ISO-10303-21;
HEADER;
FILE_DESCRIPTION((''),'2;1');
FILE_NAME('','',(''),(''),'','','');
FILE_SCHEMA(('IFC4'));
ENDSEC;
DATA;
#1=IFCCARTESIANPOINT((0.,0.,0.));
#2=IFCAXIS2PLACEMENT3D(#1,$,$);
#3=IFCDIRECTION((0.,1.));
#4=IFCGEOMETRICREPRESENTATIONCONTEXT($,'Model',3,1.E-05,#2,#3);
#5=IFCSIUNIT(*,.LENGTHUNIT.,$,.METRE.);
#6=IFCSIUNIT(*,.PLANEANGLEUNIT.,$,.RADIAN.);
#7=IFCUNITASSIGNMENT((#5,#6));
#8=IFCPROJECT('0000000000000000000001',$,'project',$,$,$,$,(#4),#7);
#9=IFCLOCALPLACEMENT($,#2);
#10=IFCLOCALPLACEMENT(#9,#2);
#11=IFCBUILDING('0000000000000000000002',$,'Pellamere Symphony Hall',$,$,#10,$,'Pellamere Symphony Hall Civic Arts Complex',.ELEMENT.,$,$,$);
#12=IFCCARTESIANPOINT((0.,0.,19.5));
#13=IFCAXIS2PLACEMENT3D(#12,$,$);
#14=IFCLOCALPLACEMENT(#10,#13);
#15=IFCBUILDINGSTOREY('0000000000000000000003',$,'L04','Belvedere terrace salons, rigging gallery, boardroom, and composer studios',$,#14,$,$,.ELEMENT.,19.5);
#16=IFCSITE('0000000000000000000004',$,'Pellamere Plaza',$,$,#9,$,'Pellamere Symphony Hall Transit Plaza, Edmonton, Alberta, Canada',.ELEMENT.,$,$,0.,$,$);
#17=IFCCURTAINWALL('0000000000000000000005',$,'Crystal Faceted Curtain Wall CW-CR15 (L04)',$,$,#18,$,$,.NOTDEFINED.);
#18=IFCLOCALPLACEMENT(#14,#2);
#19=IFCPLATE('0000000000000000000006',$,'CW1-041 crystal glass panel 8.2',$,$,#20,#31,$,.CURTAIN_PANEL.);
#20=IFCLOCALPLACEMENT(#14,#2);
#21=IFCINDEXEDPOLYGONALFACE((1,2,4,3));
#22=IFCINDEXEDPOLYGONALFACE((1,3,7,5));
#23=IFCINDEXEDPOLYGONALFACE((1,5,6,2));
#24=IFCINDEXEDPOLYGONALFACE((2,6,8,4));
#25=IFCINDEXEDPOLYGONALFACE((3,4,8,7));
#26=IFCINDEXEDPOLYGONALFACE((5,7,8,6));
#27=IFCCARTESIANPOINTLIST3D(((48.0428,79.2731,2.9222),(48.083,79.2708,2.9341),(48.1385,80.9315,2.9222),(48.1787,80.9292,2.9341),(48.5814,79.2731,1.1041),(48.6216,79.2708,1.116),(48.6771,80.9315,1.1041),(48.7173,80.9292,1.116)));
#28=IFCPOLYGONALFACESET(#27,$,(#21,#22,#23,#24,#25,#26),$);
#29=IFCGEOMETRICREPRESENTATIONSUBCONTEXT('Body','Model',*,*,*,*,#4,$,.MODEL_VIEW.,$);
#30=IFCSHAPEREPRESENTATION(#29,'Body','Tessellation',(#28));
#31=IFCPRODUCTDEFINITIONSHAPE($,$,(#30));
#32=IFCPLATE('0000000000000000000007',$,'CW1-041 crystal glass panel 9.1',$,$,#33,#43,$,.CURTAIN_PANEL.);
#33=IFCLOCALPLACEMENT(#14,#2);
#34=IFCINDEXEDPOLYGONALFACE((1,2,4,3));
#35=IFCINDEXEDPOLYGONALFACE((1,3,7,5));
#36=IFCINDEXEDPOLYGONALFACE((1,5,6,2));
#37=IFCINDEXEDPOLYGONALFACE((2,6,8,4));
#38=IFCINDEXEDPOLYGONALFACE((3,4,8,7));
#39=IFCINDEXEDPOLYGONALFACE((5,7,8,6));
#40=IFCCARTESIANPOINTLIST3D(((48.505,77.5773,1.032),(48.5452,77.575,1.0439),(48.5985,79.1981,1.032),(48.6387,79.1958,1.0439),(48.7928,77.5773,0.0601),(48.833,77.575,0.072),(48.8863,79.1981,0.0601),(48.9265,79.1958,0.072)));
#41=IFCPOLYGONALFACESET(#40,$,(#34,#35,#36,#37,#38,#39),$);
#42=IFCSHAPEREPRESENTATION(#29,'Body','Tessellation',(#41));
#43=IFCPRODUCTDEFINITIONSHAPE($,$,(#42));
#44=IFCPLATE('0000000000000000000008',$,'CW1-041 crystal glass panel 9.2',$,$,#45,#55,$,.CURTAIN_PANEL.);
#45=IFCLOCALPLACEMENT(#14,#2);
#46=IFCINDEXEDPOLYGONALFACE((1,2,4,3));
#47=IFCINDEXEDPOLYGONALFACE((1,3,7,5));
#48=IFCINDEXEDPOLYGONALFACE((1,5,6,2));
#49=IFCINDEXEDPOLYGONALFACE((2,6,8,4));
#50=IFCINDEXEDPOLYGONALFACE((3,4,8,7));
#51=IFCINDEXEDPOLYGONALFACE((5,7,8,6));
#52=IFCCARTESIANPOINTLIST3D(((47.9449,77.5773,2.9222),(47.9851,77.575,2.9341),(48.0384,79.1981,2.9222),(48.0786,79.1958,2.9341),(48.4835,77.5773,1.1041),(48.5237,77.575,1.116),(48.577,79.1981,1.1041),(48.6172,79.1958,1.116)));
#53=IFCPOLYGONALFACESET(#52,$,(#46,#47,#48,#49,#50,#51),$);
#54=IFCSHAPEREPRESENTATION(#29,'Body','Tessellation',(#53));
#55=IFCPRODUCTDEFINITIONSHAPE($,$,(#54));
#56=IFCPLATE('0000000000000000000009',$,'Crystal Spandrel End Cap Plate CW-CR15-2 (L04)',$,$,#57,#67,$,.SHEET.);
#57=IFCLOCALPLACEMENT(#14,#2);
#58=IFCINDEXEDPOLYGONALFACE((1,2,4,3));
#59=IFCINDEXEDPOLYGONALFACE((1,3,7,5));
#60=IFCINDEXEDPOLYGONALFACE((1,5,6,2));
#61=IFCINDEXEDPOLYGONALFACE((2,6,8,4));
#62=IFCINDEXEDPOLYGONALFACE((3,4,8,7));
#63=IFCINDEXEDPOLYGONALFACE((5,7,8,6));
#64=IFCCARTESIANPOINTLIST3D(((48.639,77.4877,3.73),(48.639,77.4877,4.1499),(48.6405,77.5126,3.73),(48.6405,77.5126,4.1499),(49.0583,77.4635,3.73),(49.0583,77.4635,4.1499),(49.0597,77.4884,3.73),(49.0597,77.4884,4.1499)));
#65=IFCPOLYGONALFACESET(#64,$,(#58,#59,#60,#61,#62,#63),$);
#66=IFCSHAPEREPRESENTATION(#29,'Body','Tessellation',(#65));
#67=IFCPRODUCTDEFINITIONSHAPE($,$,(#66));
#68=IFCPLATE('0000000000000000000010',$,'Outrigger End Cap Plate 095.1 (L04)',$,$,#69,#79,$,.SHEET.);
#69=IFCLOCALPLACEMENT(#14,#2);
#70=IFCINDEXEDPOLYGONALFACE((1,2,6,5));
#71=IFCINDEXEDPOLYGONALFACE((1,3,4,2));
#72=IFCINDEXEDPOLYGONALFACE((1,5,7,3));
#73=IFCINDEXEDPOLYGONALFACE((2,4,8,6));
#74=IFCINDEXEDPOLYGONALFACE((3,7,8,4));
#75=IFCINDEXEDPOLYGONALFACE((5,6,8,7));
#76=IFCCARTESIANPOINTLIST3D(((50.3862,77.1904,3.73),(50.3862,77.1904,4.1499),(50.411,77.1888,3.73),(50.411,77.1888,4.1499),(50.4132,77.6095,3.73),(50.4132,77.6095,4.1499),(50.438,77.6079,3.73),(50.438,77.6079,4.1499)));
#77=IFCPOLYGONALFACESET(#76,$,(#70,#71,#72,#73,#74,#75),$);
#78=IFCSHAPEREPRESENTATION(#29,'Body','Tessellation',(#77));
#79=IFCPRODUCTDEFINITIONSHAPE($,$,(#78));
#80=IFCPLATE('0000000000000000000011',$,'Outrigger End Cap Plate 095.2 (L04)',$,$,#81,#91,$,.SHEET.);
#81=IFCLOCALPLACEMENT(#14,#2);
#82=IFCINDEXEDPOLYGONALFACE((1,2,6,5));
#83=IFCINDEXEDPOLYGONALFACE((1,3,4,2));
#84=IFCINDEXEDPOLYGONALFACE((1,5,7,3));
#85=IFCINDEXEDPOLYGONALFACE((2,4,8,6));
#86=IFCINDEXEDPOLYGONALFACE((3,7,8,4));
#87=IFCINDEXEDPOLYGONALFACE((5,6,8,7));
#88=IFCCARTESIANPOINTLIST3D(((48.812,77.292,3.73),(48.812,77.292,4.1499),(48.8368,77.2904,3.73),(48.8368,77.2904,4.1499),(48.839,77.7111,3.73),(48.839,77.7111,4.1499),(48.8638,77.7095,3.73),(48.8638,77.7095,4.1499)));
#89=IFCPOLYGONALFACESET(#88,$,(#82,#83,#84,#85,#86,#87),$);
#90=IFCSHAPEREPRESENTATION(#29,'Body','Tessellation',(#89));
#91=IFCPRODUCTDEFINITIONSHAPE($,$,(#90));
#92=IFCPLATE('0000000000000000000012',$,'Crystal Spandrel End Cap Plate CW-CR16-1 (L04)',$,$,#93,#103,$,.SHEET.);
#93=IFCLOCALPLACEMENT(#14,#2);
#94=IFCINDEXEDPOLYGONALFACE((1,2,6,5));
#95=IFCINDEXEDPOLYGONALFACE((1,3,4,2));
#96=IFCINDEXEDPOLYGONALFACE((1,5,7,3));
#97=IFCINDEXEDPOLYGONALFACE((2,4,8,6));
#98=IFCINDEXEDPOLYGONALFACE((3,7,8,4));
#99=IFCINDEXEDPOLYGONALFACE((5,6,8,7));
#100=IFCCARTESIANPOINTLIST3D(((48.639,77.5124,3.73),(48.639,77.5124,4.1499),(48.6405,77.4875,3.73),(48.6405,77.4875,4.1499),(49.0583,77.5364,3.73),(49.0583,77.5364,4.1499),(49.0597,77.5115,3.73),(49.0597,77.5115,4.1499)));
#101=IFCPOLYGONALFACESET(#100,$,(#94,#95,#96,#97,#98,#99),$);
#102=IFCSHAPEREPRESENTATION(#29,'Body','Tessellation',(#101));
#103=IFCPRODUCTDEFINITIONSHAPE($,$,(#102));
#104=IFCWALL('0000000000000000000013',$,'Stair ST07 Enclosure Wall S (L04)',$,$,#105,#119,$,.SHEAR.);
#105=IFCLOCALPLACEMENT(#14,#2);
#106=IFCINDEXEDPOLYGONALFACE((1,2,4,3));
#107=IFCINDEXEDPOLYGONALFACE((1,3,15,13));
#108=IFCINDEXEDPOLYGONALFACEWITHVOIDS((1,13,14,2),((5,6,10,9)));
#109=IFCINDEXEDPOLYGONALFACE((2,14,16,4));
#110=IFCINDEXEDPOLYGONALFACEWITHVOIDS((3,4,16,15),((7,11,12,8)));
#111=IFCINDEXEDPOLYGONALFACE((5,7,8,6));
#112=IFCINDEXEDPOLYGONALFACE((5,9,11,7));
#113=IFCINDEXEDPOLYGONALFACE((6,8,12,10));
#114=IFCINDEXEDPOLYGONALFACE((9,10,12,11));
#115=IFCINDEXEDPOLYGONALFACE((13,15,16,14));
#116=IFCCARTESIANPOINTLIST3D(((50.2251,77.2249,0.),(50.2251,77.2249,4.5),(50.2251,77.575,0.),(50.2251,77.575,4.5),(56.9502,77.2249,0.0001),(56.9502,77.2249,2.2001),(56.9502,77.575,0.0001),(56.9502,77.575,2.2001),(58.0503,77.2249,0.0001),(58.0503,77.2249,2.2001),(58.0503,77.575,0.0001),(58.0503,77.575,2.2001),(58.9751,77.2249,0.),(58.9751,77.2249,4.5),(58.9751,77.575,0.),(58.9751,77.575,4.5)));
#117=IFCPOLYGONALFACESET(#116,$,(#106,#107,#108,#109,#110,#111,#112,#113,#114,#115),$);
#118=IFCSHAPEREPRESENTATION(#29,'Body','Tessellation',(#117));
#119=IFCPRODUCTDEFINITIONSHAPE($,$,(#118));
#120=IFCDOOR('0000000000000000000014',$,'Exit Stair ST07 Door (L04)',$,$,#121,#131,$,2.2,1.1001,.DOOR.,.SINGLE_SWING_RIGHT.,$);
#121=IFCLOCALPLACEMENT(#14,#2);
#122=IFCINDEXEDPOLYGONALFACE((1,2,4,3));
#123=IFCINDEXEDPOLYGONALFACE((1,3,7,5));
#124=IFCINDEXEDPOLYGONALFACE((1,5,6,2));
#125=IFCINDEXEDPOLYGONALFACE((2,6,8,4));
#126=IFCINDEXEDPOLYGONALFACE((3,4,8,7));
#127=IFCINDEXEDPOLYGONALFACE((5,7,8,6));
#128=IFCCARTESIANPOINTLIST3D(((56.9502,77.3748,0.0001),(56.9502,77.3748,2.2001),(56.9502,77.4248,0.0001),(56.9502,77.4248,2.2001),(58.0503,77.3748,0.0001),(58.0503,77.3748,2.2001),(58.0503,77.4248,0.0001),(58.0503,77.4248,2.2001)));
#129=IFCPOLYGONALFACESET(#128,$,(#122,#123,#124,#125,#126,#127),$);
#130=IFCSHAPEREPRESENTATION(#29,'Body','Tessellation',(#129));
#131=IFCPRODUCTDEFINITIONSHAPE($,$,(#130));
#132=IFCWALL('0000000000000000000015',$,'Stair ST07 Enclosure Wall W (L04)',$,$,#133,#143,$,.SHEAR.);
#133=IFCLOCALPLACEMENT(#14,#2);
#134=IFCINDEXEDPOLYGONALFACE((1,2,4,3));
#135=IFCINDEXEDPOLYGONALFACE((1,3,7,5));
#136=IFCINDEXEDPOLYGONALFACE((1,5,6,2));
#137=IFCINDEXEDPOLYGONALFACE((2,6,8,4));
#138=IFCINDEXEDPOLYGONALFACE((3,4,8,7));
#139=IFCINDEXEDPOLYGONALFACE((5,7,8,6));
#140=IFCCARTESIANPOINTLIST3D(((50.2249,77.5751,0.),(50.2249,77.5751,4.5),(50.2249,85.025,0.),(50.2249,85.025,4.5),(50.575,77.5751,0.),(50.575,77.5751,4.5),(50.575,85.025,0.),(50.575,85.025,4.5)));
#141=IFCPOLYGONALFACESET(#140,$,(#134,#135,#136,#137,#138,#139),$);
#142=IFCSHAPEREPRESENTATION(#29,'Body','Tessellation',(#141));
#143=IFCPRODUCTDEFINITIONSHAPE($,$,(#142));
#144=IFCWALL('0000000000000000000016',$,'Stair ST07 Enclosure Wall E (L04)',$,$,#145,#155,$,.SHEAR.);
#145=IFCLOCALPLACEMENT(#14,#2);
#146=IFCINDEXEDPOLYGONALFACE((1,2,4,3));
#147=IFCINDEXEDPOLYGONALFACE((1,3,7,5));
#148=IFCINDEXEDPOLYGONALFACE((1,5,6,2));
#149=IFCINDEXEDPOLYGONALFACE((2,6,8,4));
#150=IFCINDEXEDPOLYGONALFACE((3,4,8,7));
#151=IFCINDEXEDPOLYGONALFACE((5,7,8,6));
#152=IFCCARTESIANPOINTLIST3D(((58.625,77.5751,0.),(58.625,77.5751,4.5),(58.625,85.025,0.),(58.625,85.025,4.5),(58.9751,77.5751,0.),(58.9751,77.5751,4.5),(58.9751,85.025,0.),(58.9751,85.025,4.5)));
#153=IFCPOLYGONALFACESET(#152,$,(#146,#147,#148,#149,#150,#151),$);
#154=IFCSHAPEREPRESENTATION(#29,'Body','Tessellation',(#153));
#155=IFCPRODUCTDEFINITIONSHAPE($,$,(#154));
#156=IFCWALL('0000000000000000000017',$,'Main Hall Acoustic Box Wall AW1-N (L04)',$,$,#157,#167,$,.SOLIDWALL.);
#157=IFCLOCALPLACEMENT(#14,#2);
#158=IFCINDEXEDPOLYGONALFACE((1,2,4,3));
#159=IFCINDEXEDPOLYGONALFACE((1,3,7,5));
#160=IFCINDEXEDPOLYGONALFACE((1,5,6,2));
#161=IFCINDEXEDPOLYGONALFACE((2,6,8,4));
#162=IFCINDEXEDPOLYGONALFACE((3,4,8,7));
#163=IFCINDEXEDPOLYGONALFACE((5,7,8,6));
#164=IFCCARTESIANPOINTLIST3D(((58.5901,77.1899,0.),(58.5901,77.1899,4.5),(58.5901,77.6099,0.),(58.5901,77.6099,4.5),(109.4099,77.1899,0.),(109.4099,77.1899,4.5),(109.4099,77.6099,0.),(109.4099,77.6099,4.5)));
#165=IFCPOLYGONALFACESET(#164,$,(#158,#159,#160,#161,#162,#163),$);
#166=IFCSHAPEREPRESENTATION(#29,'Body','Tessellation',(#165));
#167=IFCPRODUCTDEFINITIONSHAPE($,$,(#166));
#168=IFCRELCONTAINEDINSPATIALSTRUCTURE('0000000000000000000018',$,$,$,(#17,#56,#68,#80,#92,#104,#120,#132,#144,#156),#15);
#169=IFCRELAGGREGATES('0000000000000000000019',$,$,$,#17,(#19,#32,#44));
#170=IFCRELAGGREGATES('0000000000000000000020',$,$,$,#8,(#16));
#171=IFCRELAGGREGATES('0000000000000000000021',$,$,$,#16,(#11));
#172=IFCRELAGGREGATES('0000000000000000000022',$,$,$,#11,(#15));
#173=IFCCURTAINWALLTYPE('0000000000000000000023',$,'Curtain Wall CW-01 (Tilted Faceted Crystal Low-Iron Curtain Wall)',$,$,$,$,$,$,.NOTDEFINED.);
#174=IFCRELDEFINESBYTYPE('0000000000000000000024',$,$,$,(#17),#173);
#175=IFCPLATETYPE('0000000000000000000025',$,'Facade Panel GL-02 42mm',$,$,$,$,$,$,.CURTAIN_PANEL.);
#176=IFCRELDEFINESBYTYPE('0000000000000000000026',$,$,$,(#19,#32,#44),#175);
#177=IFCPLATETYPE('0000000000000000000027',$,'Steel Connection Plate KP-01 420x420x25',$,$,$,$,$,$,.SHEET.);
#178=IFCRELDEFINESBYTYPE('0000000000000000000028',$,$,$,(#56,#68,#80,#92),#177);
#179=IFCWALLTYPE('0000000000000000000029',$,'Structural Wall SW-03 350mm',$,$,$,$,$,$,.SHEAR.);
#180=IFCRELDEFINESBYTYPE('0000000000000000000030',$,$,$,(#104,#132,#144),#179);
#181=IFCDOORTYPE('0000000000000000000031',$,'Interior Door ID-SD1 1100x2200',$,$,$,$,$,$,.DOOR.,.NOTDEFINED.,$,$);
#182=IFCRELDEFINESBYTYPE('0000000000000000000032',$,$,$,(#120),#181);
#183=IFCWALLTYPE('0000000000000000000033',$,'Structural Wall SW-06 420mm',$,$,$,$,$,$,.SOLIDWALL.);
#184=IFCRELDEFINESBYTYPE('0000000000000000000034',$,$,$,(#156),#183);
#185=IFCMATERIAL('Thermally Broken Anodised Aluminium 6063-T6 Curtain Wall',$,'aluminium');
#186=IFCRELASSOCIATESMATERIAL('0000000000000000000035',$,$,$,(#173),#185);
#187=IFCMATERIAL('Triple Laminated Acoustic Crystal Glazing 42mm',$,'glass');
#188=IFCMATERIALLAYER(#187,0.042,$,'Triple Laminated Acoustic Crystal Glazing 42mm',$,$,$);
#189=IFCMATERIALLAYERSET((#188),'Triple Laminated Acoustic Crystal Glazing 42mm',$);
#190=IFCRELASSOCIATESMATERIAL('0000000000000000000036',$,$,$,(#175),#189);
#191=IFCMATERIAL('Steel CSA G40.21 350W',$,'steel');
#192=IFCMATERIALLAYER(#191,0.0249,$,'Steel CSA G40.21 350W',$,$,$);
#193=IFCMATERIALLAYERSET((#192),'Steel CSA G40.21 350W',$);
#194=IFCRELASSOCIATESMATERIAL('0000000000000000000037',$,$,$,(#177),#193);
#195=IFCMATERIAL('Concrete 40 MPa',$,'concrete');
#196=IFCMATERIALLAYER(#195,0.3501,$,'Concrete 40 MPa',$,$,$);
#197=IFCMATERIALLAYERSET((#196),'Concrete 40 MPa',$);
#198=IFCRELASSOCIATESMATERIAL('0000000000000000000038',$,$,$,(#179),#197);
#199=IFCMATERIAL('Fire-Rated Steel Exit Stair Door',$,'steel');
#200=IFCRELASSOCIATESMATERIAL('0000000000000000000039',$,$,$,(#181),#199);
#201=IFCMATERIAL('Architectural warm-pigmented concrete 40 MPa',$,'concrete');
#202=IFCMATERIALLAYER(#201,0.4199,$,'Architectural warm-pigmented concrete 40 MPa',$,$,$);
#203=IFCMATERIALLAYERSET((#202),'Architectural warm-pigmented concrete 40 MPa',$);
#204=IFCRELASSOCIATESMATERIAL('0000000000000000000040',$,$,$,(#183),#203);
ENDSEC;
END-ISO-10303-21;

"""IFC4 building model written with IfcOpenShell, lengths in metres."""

from ifc_helpers import new_model, si_unit, direction, frame, frame_2d, origin, origin_2d, place, context, subcontext, project, spatial, polyline, rectangle, outline, extrude, material, layer, layer_set, type_object, element, fill, aggregate, save


model = new_model("IFC4")

# Units and contexts
model_context = context("Model", 3, precision=1e-05, world=origin(), true_north=direction((0.0, 1.0)))
body_context = subcontext(model_context, "Body", "Model", "MODEL_VIEW")
ifc_project = project(units=[si_unit("LENGTHUNIT", "METRE"), si_unit("PLANEANGLEUNIT", "RADIAN")], contexts=[model_context])

# Site, building, storey
site_placement = place(None, origin())
site = spatial("IfcSite", under=ifc_project, at=site_placement, Name="Pellamere Plaza", LongName="Pellamere Symphony Hall Transit Plaza, Edmonton, Alberta, Canada", CompositionType="ELEMENT", RefElevation=0.0)
building_placement = place(site_placement, origin())
building = spatial("IfcBuilding", under=site, at=building_placement, Name="Pellamere Symphony Hall", LongName="Pellamere Symphony Hall Civic Arts Complex", CompositionType="ELEMENT")
storey_placement = place(building_placement, frame((0.0, 0.0, 19.5)))
storey = spatial("IfcBuildingStorey", under=building, at=storey_placement, Name="L04", Description="Belvedere terrace salons, rigging gallery, boardroom, and composer studios", CompositionType="ELEMENT", Elevation=19.5)

# Shared definitions
ifc_material_1 = material(Name="Concrete 40 MPa", Category="concrete")

# Curtain wall
ifc_material_2 = material(Name="Thermally Broken Anodised Aluminium 6063-T6 Curtain Wall", Category="aluminium")
curtain_wall_type = type_object("IfcCurtainWallType", Name="Curtain Wall CW-01 (Tilted Faceted Crystal Low-Iron Curtain Wall)", PredefinedType="NOTDEFINED", material=ifc_material_2)
curtain_wall_1_placement = place(storey_placement, origin())
curtain_wall_1 = element("IfcCurtainWall", 1, at=curtain_wall_1_placement, inside=storey, type_object=curtain_wall_type, Name="Crystal Faceted Curtain Wall CW-CR15 (L04)", PredefinedType="NOTDEFINED")

# Shared definitions
ifc_material_3 = material(Name="Steel CSA G40.21 350W", Category="steel")

# Plates
ifc_material_4 = material(Name="Triple Laminated Acoustic Crystal Glazing 42mm", Category="glass")
ifc_layer_1 = layer(ifc_material_4, 0.042, Name="Triple Laminated Acoustic Crystal Glazing 42mm")
ifc_layer_set_1 = layer_set([ifc_layer_1], Name="Triple Laminated Acoustic Crystal Glazing 42mm")
plate_type_1 = type_object("IfcPlateType", Name="Facade Panel GL-02 42mm", PredefinedType="CURTAIN_PANEL", material=ifc_layer_set_1)
plate_1_placement = place(storey_placement, frame((48.7173, 80.9292, 1.116), z_axis=(0.957352, -0.055245, 0.283593), x_axis=(-0.057611, -0.998339, 0.0)))
plate_1 = element("IfcPlate", 2, at=plate_1_placement, type_object=plate_type_1, Name="CW1-041 crystal glass panel 8.2", PredefinedType="CURTAIN_PANEL", context=body_context, shape_type="SweptSolid", body=[
    extrude(outline(polyline([(0.0, 0.0), (1.6612, 0.0), (1.6922, -1.896), (0.031, -1.896), (0.0, 0.0)])), origin(), (0.0, 0.0, -1.0), 0.042),
])
plate_2_placement = place(storey_placement, frame((48.9265, 79.1958, 0.072), z_axis=(0.957371, -0.05523, 0.283532), x_axis=(-0.057594, -0.99834, 0.0)))
plate_2 = element("IfcPlate", 3, at=plate_2_placement, type_object=plate_type_1, Name="CW1-041 crystal glass panel 9.1", PredefinedType="CURTAIN_PANEL", context=body_context, shape_type="SweptSolid", body=[
    extrude(outline(polyline([(0.0, 0.0), (1.6235, 0.0), (1.6401, -1.0135), (0.0166, -1.0135), (0.0, 0.0)])), origin(), (0.0, 0.0, -1.0), 0.042),
])
plate_3_placement = place(storey_placement, frame((48.6172, 79.1958, 1.116), z_axis=(0.957353, -0.055229, 0.283593), x_axis=(-0.057594, -0.99834, 0.0)))
plate_3 = element("IfcPlate", 4, at=plate_3_placement, type_object=plate_type_1, Name="CW1-041 crystal glass panel 9.2", PredefinedType="CURTAIN_PANEL", context=body_context, shape_type="SweptSolid", body=[
    extrude(outline(polyline([(0.0, 0.0), (1.6235, 0.0), (1.6546, -1.896), (0.031, -1.896), (0.0, 0.0)])), origin(), (0.0, 0.0, -1.0), 0.042),
])
aggregate(curtain_wall_1, [plate_1, plate_2, plate_3])

# Plates
ifc_layer_2 = layer(ifc_material_3, 0.0249, Name="Steel CSA G40.21 350W")
ifc_layer_set_2 = layer_set([ifc_layer_2], Name="Steel CSA G40.21 350W")
plate_type_2 = type_object("IfcPlateType", Name="Steel Connection Plate KP-01 420x420x25", PredefinedType="SHEET", material=ifc_layer_set_2)
for number, where, z_axis, x_axis, name in (
    (5, (48.8494, 77.488, 3.73), (0.0, 0.0, 1.0), (-0.057564, -0.998342, 0.0), "Crystal Spandrel End Cap Plate CW-CR15-2 (L04)"),
    (6, (50.4121, 77.3992, 3.73), (0.0, 0.0, 1.0), (-0.997927, 0.064358, 0.0), "Outrigger End Cap Plate 095.1 (L04)"),
    (7, (48.8379, 77.5007, 3.73), (0.0, 0.0, 1.0), (-0.997927, 0.064358, 0.0), "Outrigger End Cap Plate 095.2 (L04)"),
    (8, (48.8494, 77.512, 3.73), (0.0, 0.0, 1.0), (0.057216, -0.998362, 0.0), "Crystal Spandrel End Cap Plate CW-CR16-1 (L04)"),
):
    element("IfcPlate", number, at=place(storey_placement, frame(where, z_axis=z_axis, x_axis=x_axis)), inside=storey, type_object=plate_type_2, Name=name, PredefinedType="SHEET", context=body_context, shape_type="SweptSolid", body=[
        extrude(rectangle(XDim=0.0249, YDim=0.4199, at=origin_2d()), origin(), (0.0, 0.0, 1.0), 0.4199),
    ])

# Wall, opening, door
ifc_layer_3 = layer(ifc_material_1, 0.3501, Name="Concrete 40 MPa")
ifc_layer_set_3 = layer_set([ifc_layer_3], Name="Concrete 40 MPa")
wall_type_1 = type_object("IfcWallType", Name="Structural Wall SW-03 350mm", PredefinedType="SHEAR", material=ifc_layer_set_3)
wall_1_placement = place(storey_placement, frame((50.2251, 77.3999, 0.0), z_axis=(0.0, 0.0, 1.0), x_axis=(1.0, 0.0, 0.0)))
wall_1 = element("IfcWall", 9, at=wall_1_placement, inside=storey, type_object=wall_type_1, Name="Stair ST07 Enclosure Wall S (L04)", PredefinedType="SHEAR", context=body_context, shape_type="SweptSolid", body=[
    extrude(rectangle(XDim=8.75, YDim=0.3501, at=frame_2d((4.375, 0.0))), origin(), (0.0, 0.0, 1.0), 4.5),
])
opening_placement = place(wall_1_placement, frame((6.7251, 0.0, 0.0)))
opening = element("IfcOpeningElement", 10, at=opening_placement, cuts=wall_1, PredefinedType="OPENING", context=body_context, shape_type="SweptSolid", body=[
    extrude(rectangle(XDim=1.1001, YDim=2.2, at=frame_2d((0.55, 1.1001))), frame((0.0, 0.1851, 0.0), z_axis=(0.0, -1.0, 0.0), x_axis=(1.0, 0.0, 0.0)), (0.0, 0.0, 1.0), 0.3701),
])
ifc_material_5 = material(Name="Fire-Rated Steel Exit Stair Door", Category="steel")
door_type = type_object("IfcDoorType", Name="Interior Door ID-SD1 1100x2200", OperationType="NOTDEFINED", PredefinedType="DOOR", material=ifc_material_5)
door_placement = place(opening_placement, origin())
door = element("IfcDoor", 11, at=door_placement, inside=storey, type_object=door_type, Name="Exit Stair ST07 Door (L04)", OperationType="SINGLE_SWING_RIGHT", OverallHeight=2.2, OverallWidth=1.1001, PredefinedType="DOOR", context=body_context, shape_type="SweptSolid", body=[
    extrude(rectangle(XDim=1.1001, YDim=2.2, at=frame_2d((0.55, 1.1001))), frame((0.0, 0.0249, 0.0), z_axis=(0.0, -1.0, 0.0), x_axis=(1.0, 0.0, 0.0)), (0.0, 0.0, 1.0), 0.05),
])
fill(opening, door)

# Walls
for number, where, z_axis, x_axis, name in (
    (12, (50.3999, 77.575, 0.0), (0.0, 0.0, 1.0), (0.0, 1.0, 0.0), "Stair ST07 Enclosure Wall W (L04)"),
    (13, (58.8, 77.575, 0.0), (0.0, 0.0, 1.0), (0.0, 1.0, 0.0), "Stair ST07 Enclosure Wall E (L04)"),
):
    element("IfcWall", number, at=place(storey_placement, frame(where, z_axis=z_axis, x_axis=x_axis)), inside=storey, type_object=wall_type_1, Name=name, PredefinedType="SHEAR", context=body_context, shape_type="SweptSolid", body=[
        extrude(rectangle(XDim=7.45, YDim=0.3501, at=frame_2d((3.7251, 0.0))), origin(), (0.0, 0.0, 1.0), 4.5),
    ])
ifc_material_6 = material(Name="Architectural warm-pigmented concrete 40 MPa", Category="concrete")
ifc_layer_4 = layer(ifc_material_6, 0.4199, Name="Architectural warm-pigmented concrete 40 MPa")
ifc_layer_set_4 = layer_set([ifc_layer_4], Name="Architectural warm-pigmented concrete 40 MPa")
wall_type_2 = type_object("IfcWallType", Name="Structural Wall SW-06 420mm", PredefinedType="SOLIDWALL", material=ifc_layer_set_4)
wall_2_placement = place(storey_placement, frame((58.5901, 77.3999, 0.0), z_axis=(0.0, 0.0, 1.0), x_axis=(1.0, 0.0, 0.0)))
element("IfcWall", 14, at=wall_2_placement, inside=storey, type_object=wall_type_2, Name="Main Hall Acoustic Box Wall AW1-N (L04)", PredefinedType="SOLIDWALL", context=body_context, shape_type="SweptSolid", body=[
    extrude(rectangle(XDim=50.8198, YDim=0.4199, at=frame_2d((25.4099, 0.0))), origin(), (0.0, 0.0, 1.0), 4.5),
])

save(model, "model.ifc")
